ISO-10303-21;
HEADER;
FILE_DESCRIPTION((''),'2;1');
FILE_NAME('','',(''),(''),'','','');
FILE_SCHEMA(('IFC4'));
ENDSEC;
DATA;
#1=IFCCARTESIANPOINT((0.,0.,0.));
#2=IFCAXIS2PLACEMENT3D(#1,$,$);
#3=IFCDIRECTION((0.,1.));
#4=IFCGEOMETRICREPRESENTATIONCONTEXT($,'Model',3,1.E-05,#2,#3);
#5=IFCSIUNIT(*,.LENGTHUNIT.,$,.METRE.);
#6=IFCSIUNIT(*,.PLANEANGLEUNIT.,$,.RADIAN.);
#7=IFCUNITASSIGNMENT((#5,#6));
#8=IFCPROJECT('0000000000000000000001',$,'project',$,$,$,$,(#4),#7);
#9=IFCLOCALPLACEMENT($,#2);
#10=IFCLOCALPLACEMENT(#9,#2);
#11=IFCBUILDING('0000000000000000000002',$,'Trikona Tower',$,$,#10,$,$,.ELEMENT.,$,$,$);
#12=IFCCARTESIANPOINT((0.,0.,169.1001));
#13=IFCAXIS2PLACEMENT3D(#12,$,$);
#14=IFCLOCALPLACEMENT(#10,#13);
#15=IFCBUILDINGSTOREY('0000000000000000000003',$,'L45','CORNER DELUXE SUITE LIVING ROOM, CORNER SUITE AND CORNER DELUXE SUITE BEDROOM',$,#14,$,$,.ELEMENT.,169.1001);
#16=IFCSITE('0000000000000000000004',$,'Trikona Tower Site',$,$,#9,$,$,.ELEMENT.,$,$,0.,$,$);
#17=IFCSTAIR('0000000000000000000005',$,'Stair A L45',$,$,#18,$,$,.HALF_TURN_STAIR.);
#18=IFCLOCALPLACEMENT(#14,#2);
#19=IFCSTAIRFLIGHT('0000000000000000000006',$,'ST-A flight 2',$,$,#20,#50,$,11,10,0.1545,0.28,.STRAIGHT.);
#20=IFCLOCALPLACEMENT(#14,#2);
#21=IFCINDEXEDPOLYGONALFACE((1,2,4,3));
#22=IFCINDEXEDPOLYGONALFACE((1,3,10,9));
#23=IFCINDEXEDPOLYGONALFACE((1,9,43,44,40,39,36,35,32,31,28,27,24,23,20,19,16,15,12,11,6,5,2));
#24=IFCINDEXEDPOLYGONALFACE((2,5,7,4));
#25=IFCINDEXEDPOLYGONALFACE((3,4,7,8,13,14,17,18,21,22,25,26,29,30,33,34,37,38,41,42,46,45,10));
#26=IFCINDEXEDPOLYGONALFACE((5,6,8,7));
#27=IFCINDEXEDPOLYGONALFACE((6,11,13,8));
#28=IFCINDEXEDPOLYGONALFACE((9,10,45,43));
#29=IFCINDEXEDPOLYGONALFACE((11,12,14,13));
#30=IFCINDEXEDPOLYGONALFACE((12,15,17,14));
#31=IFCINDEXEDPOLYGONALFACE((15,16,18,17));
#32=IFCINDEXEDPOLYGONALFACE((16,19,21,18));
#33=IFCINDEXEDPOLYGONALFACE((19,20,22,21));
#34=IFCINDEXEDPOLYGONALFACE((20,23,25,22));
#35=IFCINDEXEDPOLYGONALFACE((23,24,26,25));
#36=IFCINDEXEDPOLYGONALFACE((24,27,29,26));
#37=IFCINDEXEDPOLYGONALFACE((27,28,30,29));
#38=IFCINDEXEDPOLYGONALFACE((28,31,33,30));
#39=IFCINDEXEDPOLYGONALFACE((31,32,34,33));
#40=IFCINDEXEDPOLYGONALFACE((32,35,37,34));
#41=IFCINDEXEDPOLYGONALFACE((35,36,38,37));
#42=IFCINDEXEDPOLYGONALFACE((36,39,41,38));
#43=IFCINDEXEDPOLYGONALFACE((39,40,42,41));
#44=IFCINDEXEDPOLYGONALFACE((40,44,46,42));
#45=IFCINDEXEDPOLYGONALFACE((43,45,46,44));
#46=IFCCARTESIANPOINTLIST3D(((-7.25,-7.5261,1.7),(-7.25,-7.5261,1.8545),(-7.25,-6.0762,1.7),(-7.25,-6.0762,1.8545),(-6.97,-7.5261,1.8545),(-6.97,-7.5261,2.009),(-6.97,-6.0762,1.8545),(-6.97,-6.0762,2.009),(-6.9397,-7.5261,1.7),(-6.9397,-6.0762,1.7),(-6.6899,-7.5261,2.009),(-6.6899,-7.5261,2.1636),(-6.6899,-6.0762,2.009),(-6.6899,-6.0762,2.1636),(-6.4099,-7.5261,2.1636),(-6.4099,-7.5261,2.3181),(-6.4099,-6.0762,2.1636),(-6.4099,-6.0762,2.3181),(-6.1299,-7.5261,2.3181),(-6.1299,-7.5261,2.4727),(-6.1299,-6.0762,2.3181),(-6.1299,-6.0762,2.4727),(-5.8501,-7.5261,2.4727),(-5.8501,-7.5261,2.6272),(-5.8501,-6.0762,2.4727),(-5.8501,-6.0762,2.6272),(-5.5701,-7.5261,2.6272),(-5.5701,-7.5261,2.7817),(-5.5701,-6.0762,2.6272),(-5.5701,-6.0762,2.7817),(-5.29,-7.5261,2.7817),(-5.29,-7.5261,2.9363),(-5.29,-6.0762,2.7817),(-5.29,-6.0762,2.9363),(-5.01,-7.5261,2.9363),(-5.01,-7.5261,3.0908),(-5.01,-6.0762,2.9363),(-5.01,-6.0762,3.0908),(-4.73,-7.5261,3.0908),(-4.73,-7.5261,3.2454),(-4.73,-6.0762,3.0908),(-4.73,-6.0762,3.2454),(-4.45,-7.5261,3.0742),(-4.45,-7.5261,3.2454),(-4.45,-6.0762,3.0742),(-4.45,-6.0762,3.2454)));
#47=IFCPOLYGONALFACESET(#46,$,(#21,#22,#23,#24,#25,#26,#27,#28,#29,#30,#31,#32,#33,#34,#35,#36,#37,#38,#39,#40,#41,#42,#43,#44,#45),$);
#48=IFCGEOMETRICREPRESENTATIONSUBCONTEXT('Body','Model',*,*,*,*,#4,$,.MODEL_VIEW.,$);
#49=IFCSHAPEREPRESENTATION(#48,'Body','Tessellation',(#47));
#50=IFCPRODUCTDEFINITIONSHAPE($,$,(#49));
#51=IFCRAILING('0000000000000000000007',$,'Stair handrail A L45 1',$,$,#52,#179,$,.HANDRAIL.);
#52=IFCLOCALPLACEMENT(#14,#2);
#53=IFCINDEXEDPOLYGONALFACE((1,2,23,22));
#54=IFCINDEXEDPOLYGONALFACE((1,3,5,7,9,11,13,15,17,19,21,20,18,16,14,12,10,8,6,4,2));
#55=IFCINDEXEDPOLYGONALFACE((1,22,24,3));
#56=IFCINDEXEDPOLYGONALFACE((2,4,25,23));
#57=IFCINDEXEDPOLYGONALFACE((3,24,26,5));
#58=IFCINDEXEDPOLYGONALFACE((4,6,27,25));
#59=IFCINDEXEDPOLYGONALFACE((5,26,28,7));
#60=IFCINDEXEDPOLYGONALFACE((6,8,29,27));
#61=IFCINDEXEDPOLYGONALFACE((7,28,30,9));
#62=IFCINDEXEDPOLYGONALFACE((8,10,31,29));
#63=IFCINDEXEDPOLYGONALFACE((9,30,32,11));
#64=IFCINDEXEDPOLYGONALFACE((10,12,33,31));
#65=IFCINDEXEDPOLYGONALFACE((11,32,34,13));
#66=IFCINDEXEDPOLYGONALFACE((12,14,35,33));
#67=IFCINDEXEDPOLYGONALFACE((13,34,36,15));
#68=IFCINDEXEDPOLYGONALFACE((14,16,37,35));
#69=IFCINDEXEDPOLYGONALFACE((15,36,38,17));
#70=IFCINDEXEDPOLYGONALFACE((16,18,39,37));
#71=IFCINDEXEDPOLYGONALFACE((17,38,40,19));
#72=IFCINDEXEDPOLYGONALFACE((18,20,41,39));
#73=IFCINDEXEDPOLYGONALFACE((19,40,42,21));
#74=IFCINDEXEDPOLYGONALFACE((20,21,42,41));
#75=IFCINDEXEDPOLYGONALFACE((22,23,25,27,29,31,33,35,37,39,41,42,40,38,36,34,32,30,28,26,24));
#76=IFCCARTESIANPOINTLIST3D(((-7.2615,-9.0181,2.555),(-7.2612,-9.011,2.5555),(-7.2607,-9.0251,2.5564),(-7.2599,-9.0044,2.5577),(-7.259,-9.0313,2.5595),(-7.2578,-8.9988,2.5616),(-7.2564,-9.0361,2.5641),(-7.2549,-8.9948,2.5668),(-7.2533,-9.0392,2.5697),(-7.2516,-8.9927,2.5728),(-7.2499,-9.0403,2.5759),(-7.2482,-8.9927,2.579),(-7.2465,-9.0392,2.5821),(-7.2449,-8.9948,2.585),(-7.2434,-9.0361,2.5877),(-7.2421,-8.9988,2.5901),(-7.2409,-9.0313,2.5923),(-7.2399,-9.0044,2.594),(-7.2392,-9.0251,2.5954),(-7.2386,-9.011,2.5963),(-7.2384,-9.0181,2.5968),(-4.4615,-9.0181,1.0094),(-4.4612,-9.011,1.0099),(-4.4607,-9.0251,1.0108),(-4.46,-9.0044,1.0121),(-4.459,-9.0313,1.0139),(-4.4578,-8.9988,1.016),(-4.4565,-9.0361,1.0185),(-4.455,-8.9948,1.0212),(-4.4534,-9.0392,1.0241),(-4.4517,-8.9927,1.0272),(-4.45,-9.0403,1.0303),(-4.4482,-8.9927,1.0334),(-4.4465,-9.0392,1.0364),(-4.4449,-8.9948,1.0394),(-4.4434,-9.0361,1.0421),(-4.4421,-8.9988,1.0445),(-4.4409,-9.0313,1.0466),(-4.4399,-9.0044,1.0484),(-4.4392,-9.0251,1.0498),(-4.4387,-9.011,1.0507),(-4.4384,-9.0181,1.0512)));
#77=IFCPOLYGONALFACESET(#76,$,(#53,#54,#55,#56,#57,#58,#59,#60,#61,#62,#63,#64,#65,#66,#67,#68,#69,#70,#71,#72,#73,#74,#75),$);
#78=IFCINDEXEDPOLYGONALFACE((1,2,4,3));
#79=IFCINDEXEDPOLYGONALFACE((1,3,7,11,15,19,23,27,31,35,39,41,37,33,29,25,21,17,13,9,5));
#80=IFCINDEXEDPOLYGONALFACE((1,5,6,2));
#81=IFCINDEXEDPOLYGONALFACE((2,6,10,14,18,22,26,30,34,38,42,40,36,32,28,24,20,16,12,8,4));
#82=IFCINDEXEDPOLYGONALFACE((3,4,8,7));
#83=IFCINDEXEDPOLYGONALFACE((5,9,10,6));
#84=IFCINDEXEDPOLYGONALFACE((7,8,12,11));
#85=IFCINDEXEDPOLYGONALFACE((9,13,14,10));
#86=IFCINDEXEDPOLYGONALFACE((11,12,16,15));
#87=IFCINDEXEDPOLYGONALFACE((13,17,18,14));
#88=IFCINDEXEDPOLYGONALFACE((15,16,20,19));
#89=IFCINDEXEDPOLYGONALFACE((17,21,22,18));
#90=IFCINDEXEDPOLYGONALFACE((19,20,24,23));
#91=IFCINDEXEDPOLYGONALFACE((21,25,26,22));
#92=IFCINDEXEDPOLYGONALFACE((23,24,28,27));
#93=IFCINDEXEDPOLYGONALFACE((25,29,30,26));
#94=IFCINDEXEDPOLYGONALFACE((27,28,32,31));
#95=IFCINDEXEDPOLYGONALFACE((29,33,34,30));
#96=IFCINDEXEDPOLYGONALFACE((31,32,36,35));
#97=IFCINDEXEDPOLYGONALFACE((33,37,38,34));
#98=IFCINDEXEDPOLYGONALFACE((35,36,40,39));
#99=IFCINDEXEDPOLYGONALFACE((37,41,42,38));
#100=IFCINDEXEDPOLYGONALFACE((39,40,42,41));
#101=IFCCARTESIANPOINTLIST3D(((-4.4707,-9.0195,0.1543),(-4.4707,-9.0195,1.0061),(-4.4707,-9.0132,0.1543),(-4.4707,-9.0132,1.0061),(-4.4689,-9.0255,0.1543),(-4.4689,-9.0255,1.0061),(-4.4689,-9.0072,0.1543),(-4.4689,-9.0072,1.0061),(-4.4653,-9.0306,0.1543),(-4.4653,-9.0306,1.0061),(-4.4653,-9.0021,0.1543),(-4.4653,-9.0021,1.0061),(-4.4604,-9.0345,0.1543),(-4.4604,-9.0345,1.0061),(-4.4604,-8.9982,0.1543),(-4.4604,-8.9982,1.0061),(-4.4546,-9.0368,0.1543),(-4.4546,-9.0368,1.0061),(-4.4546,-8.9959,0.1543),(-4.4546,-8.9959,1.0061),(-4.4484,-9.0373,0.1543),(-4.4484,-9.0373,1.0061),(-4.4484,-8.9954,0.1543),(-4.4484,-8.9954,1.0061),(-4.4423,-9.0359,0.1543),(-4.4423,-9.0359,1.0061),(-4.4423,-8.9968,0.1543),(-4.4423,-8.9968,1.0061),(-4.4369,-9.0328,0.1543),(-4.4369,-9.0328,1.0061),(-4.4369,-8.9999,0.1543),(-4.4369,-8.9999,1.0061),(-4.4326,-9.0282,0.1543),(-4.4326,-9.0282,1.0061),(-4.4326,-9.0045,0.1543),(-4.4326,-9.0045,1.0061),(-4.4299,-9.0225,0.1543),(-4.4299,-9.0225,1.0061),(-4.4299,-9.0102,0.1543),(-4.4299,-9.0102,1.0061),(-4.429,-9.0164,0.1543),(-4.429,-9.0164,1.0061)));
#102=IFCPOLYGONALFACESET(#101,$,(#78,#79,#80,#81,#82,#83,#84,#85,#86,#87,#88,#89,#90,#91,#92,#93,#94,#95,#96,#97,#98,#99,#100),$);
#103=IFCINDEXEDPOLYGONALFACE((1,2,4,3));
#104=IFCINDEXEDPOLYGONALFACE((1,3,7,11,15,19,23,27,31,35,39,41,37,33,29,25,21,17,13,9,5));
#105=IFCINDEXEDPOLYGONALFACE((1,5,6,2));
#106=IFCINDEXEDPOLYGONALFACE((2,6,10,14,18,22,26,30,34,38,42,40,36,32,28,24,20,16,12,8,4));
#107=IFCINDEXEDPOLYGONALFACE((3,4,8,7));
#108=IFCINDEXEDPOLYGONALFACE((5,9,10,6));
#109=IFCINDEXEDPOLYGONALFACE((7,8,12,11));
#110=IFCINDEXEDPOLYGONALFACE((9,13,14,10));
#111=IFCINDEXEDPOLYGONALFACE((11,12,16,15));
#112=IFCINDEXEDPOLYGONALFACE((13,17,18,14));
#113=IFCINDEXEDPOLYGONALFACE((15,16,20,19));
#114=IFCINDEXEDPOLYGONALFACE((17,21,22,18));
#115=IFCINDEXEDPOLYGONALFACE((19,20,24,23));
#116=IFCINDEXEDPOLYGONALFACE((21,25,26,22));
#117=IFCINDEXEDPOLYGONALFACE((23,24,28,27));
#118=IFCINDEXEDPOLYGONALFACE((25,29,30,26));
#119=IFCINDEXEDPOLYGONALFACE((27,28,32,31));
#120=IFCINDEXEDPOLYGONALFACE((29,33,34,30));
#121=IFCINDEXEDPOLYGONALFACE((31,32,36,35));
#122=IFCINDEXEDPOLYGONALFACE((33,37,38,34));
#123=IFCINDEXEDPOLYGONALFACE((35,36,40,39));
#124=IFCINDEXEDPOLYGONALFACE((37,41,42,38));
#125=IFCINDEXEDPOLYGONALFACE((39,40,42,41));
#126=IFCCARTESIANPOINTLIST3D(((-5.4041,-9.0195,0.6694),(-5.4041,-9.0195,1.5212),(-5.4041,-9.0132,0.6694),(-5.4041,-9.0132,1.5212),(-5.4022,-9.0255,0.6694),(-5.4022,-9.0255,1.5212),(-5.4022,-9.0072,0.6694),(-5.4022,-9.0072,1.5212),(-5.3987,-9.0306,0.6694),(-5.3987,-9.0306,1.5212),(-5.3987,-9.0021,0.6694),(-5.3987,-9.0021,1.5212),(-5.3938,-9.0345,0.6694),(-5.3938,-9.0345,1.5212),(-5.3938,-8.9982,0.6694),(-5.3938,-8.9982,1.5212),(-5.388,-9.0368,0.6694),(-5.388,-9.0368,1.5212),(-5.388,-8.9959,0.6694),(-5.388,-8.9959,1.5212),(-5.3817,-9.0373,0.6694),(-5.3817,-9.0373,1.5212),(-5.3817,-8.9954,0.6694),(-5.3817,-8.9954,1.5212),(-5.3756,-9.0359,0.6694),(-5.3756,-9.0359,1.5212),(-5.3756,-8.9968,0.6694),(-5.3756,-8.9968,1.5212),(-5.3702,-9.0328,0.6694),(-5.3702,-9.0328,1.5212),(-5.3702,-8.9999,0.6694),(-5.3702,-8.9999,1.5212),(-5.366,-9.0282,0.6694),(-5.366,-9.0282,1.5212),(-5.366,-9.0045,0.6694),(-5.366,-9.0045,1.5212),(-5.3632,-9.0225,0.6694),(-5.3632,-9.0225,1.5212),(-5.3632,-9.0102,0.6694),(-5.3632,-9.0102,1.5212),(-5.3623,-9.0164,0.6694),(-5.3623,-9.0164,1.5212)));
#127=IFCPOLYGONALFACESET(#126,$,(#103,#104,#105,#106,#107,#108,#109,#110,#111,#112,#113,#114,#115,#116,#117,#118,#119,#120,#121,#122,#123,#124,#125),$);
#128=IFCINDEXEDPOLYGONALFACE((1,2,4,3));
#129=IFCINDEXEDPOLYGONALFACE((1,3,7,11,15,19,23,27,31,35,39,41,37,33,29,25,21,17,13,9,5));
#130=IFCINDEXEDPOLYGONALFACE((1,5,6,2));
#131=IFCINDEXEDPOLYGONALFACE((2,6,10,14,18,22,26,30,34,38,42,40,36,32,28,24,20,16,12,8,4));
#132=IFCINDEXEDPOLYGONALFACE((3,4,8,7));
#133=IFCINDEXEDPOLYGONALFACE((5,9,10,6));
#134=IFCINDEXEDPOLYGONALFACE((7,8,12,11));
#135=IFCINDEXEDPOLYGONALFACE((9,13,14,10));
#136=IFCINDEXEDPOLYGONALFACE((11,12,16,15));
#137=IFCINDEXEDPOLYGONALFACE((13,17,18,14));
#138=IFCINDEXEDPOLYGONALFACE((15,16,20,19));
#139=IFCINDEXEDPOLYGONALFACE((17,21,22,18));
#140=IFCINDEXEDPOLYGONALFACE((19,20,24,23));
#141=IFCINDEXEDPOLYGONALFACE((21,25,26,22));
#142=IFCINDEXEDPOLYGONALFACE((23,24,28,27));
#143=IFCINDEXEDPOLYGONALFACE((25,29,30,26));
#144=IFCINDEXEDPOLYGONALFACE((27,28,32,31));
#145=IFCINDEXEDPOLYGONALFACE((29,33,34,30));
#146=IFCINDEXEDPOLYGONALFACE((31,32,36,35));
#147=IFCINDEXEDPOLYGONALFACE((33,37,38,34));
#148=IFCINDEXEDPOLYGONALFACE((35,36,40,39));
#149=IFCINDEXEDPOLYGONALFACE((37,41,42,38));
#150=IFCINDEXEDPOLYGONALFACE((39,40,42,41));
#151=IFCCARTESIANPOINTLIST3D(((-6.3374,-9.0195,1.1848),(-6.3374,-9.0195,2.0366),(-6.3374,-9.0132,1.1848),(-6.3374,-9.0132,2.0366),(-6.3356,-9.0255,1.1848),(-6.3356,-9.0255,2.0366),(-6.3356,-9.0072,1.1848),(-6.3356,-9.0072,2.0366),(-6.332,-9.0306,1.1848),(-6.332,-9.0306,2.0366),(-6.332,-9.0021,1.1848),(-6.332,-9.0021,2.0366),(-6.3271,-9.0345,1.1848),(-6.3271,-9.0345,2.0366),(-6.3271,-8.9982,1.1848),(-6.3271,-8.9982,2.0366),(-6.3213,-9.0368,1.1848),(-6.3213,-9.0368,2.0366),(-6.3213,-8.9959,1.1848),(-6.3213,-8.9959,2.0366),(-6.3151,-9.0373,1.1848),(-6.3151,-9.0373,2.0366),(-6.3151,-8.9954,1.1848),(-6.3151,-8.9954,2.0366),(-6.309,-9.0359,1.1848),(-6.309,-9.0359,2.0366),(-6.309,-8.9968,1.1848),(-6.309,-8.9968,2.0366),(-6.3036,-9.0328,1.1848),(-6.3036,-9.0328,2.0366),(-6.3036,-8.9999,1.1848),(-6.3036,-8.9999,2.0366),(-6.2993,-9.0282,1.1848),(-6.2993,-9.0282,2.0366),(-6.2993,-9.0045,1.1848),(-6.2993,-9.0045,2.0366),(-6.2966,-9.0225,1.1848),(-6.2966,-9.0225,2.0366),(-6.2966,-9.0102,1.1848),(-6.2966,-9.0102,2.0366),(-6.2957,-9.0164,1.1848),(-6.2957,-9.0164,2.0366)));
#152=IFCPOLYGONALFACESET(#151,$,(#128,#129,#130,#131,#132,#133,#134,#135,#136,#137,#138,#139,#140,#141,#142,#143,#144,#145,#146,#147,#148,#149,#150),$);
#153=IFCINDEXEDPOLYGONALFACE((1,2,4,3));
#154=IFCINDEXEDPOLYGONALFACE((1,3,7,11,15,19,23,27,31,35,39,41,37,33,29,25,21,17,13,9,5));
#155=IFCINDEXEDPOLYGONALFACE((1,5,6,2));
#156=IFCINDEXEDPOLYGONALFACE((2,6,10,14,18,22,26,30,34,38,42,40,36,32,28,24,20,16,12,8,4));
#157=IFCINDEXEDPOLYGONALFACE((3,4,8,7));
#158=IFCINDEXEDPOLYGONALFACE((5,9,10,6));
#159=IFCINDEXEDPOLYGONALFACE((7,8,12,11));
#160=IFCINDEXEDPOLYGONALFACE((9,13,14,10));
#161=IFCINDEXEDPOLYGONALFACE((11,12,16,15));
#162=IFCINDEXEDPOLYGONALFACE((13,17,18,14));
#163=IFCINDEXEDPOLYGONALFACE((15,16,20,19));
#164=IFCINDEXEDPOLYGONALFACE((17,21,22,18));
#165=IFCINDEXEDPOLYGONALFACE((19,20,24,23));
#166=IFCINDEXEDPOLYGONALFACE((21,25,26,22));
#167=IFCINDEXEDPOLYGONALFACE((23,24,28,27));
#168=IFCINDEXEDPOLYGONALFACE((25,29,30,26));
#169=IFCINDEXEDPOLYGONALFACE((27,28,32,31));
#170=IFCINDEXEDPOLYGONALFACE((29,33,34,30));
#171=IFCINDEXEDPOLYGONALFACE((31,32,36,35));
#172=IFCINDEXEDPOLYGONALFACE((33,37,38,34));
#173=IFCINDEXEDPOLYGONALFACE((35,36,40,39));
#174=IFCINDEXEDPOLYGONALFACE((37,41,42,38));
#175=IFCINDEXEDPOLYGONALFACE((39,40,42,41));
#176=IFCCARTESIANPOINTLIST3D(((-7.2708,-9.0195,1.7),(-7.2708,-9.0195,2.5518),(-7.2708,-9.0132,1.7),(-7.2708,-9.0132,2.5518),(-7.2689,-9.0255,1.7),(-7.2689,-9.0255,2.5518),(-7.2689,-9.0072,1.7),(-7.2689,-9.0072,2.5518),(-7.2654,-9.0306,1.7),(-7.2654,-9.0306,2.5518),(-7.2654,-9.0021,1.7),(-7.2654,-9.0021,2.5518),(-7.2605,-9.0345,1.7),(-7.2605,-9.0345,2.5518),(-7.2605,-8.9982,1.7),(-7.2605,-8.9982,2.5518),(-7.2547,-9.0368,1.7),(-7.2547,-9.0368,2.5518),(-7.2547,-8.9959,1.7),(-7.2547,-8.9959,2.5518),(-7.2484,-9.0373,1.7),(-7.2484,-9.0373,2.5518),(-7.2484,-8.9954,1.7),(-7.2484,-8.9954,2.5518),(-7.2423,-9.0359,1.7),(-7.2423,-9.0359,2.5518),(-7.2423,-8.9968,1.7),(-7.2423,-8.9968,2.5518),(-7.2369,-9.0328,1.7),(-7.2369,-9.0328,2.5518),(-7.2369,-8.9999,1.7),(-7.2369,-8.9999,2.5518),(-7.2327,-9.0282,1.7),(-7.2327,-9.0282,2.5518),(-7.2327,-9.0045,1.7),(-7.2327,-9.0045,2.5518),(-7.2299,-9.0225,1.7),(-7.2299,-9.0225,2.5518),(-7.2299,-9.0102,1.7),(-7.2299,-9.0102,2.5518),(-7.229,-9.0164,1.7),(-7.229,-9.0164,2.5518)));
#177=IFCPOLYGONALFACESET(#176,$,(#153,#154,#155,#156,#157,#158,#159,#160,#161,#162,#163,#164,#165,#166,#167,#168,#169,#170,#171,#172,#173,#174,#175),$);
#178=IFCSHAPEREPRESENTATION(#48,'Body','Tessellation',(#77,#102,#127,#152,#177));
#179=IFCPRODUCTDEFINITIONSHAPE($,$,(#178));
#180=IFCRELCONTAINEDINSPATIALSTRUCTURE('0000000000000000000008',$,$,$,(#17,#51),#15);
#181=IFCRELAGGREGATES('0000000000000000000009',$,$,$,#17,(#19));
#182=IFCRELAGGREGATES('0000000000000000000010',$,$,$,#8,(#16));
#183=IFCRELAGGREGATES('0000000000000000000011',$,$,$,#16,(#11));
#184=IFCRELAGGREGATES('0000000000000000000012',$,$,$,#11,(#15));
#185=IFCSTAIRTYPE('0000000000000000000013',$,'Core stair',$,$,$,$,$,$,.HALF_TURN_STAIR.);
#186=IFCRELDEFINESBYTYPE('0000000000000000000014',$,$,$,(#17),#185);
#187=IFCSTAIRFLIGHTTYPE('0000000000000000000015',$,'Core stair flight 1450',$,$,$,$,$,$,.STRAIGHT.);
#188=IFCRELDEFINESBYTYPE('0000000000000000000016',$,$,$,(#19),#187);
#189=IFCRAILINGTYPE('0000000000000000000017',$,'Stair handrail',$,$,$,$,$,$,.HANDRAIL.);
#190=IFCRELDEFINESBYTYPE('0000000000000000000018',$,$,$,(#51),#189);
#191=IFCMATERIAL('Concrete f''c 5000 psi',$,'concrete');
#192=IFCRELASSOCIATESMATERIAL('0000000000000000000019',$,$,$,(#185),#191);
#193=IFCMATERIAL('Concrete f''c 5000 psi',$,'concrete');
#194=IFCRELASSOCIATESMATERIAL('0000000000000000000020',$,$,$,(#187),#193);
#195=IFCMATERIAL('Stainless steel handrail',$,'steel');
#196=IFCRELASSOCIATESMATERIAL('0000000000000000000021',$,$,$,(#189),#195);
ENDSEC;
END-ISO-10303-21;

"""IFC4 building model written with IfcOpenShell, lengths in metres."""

from ifc_helpers import new_model, si_unit, direction, frame, origin, origin_2d, place, context, subcontext, project, spatial, polyline, circle, outline, extrude, material, type_object, element, aggregate, save


model = new_model("IFC4")

# Units and contexts
model_context = context("Model", 3, precision=1e-05, world=origin(), true_north=direction((0.0, 1.0)))
body_context = subcontext(model_context, "Body", "Model", "MODEL_VIEW")
ifc_project = project(units=[si_unit("LENGTHUNIT", "METRE"), si_unit("PLANEANGLEUNIT", "RADIAN")], contexts=[model_context])

# Site, building, storey
site_placement = place(None, origin())
site = spatial("IfcSite", under=ifc_project, at=site_placement, Name="Trikona Tower Site", CompositionType="ELEMENT", RefElevation=0.0)
building_placement = place(site_placement, origin())
building = spatial("IfcBuilding", under=site, at=building_placement, Name="Trikona Tower", CompositionType="ELEMENT")
storey_placement = place(building_placement, frame((0.0, 0.0, 169.1001)))
storey = spatial("IfcBuildingStorey", under=building, at=storey_placement, Name="L45", Description="CORNER DELUXE SUITE LIVING ROOM, CORNER SUITE AND CORNER DELUXE SUITE BEDROOM", CompositionType="ELEMENT", Elevation=169.1001)

# Stair, stair flight
ifc_material_1 = material(Name="Concrete f'c 5000 psi", Category="concrete")
stair_type = type_object("IfcStairType", Name="Core stair", PredefinedType="HALF_TURN_STAIR", material=ifc_material_1)
stair_placement = place(storey_placement, origin())
stair = element("IfcStair", 1, at=stair_placement, inside=storey, type_object=stair_type, Name="Stair A L45", PredefinedType="HALF_TURN_STAIR")
ifc_material_2 = material(Name="Concrete f'c 5000 psi", Category="concrete")
stair_flight_type = type_object("IfcStairFlightType", Name="Core stair flight 1450", PredefinedType="STRAIGHT", material=ifc_material_2)
stair_flight_1_placement = place(storey_placement, frame((-7.25, -6.8013, 1.7), z_axis=(0.0, 0.0, 1.0), x_axis=(1.0, 0.0, 0.0)))
stair_flight_1 = element("IfcStairFlight", 2, at=stair_flight_1_placement, type_object=stair_flight_type, Name="ST-A flight 2", NumberOfRisers=11, NumberOfTreads=10, PredefinedType="STRAIGHT", RiserHeight=0.1545, TreadLength=0.28, context=body_context, shape_type="SweptSolid", body=[
    extrude(outline(polyline([(0.0, 0.0), (0.0, 0.1545), (0.28, 0.1545), (0.28, 0.3091), (0.5601, 0.3091), (0.5601, 0.4636), (0.8401, 0.4636), (0.8401, 0.6182), (1.1201, 0.6182), (1.1201, 0.7727), (1.3999, 0.7727), (1.3999, 0.9272), (1.6799, 0.9272), (1.6799, 1.0818), (1.96, 1.0818), (1.96, 1.2363), (2.24, 1.2363), (2.24, 1.3909), (2.52, 1.3909), (2.52, 1.5454), (2.8, 1.5454), (2.8, 1.7), (2.8, 1.3743), (0.3103, 0.0), (0.0, 0.0)])), frame((0.0, 0.7251, 0.0), z_axis=(0.0, -1.0, 0.0), x_axis=(1.0, 0.0, 0.0)), (0.0, 0.0, 1.0), 1.45),
])
aggregate(stair, [stair_flight_1])

# Railing
ifc_material_3 = material(Name="Stainless steel handrail", Category="steel")
railing_type = type_object("IfcRailingType", Name="Stair handrail", PredefinedType="HANDRAIL", material=ifc_material_3)
railing_1_placement = place(storey_placement, frame((-4.45, -9.0164, 0.1543)))
element("IfcRailing", 3, at=railing_1_placement, inside=storey, type_object=railing_type, Name="Stair handrail A L45 1", PredefinedType="HANDRAIL", context=body_context, shape_type="SweptSolid", body=[
    extrude(circle(Radius=0.0239, at=origin_2d()), frame((0.0, 0.0, 0.876), z_axis=(-0.875472, 0.0, 0.483269), x_axis=(0.0, -1.0, 0.0)), (0.0, 0.0, 1.0), 3.1982),
    extrude(circle(Radius=0.021, at=origin_2d()), origin(), (0.0, 0.0, 1.0), 0.8518),
    extrude(circle(Radius=0.021, at=origin_2d()), frame((-0.9333, 0.0, 0.5151)), (0.0, 0.0, 1.0), 0.8518),
    extrude(circle(Radius=0.021, at=origin_2d()), frame((-1.8667, 0.0, 1.0305)), (0.0, 0.0, 1.0), 0.8518),
    extrude(circle(Radius=0.021, at=origin_2d()), frame((-2.8, 0.0, 1.5457)), (0.0, 0.0, 1.0), 0.8518),
])

save(model, "model.ifc")
